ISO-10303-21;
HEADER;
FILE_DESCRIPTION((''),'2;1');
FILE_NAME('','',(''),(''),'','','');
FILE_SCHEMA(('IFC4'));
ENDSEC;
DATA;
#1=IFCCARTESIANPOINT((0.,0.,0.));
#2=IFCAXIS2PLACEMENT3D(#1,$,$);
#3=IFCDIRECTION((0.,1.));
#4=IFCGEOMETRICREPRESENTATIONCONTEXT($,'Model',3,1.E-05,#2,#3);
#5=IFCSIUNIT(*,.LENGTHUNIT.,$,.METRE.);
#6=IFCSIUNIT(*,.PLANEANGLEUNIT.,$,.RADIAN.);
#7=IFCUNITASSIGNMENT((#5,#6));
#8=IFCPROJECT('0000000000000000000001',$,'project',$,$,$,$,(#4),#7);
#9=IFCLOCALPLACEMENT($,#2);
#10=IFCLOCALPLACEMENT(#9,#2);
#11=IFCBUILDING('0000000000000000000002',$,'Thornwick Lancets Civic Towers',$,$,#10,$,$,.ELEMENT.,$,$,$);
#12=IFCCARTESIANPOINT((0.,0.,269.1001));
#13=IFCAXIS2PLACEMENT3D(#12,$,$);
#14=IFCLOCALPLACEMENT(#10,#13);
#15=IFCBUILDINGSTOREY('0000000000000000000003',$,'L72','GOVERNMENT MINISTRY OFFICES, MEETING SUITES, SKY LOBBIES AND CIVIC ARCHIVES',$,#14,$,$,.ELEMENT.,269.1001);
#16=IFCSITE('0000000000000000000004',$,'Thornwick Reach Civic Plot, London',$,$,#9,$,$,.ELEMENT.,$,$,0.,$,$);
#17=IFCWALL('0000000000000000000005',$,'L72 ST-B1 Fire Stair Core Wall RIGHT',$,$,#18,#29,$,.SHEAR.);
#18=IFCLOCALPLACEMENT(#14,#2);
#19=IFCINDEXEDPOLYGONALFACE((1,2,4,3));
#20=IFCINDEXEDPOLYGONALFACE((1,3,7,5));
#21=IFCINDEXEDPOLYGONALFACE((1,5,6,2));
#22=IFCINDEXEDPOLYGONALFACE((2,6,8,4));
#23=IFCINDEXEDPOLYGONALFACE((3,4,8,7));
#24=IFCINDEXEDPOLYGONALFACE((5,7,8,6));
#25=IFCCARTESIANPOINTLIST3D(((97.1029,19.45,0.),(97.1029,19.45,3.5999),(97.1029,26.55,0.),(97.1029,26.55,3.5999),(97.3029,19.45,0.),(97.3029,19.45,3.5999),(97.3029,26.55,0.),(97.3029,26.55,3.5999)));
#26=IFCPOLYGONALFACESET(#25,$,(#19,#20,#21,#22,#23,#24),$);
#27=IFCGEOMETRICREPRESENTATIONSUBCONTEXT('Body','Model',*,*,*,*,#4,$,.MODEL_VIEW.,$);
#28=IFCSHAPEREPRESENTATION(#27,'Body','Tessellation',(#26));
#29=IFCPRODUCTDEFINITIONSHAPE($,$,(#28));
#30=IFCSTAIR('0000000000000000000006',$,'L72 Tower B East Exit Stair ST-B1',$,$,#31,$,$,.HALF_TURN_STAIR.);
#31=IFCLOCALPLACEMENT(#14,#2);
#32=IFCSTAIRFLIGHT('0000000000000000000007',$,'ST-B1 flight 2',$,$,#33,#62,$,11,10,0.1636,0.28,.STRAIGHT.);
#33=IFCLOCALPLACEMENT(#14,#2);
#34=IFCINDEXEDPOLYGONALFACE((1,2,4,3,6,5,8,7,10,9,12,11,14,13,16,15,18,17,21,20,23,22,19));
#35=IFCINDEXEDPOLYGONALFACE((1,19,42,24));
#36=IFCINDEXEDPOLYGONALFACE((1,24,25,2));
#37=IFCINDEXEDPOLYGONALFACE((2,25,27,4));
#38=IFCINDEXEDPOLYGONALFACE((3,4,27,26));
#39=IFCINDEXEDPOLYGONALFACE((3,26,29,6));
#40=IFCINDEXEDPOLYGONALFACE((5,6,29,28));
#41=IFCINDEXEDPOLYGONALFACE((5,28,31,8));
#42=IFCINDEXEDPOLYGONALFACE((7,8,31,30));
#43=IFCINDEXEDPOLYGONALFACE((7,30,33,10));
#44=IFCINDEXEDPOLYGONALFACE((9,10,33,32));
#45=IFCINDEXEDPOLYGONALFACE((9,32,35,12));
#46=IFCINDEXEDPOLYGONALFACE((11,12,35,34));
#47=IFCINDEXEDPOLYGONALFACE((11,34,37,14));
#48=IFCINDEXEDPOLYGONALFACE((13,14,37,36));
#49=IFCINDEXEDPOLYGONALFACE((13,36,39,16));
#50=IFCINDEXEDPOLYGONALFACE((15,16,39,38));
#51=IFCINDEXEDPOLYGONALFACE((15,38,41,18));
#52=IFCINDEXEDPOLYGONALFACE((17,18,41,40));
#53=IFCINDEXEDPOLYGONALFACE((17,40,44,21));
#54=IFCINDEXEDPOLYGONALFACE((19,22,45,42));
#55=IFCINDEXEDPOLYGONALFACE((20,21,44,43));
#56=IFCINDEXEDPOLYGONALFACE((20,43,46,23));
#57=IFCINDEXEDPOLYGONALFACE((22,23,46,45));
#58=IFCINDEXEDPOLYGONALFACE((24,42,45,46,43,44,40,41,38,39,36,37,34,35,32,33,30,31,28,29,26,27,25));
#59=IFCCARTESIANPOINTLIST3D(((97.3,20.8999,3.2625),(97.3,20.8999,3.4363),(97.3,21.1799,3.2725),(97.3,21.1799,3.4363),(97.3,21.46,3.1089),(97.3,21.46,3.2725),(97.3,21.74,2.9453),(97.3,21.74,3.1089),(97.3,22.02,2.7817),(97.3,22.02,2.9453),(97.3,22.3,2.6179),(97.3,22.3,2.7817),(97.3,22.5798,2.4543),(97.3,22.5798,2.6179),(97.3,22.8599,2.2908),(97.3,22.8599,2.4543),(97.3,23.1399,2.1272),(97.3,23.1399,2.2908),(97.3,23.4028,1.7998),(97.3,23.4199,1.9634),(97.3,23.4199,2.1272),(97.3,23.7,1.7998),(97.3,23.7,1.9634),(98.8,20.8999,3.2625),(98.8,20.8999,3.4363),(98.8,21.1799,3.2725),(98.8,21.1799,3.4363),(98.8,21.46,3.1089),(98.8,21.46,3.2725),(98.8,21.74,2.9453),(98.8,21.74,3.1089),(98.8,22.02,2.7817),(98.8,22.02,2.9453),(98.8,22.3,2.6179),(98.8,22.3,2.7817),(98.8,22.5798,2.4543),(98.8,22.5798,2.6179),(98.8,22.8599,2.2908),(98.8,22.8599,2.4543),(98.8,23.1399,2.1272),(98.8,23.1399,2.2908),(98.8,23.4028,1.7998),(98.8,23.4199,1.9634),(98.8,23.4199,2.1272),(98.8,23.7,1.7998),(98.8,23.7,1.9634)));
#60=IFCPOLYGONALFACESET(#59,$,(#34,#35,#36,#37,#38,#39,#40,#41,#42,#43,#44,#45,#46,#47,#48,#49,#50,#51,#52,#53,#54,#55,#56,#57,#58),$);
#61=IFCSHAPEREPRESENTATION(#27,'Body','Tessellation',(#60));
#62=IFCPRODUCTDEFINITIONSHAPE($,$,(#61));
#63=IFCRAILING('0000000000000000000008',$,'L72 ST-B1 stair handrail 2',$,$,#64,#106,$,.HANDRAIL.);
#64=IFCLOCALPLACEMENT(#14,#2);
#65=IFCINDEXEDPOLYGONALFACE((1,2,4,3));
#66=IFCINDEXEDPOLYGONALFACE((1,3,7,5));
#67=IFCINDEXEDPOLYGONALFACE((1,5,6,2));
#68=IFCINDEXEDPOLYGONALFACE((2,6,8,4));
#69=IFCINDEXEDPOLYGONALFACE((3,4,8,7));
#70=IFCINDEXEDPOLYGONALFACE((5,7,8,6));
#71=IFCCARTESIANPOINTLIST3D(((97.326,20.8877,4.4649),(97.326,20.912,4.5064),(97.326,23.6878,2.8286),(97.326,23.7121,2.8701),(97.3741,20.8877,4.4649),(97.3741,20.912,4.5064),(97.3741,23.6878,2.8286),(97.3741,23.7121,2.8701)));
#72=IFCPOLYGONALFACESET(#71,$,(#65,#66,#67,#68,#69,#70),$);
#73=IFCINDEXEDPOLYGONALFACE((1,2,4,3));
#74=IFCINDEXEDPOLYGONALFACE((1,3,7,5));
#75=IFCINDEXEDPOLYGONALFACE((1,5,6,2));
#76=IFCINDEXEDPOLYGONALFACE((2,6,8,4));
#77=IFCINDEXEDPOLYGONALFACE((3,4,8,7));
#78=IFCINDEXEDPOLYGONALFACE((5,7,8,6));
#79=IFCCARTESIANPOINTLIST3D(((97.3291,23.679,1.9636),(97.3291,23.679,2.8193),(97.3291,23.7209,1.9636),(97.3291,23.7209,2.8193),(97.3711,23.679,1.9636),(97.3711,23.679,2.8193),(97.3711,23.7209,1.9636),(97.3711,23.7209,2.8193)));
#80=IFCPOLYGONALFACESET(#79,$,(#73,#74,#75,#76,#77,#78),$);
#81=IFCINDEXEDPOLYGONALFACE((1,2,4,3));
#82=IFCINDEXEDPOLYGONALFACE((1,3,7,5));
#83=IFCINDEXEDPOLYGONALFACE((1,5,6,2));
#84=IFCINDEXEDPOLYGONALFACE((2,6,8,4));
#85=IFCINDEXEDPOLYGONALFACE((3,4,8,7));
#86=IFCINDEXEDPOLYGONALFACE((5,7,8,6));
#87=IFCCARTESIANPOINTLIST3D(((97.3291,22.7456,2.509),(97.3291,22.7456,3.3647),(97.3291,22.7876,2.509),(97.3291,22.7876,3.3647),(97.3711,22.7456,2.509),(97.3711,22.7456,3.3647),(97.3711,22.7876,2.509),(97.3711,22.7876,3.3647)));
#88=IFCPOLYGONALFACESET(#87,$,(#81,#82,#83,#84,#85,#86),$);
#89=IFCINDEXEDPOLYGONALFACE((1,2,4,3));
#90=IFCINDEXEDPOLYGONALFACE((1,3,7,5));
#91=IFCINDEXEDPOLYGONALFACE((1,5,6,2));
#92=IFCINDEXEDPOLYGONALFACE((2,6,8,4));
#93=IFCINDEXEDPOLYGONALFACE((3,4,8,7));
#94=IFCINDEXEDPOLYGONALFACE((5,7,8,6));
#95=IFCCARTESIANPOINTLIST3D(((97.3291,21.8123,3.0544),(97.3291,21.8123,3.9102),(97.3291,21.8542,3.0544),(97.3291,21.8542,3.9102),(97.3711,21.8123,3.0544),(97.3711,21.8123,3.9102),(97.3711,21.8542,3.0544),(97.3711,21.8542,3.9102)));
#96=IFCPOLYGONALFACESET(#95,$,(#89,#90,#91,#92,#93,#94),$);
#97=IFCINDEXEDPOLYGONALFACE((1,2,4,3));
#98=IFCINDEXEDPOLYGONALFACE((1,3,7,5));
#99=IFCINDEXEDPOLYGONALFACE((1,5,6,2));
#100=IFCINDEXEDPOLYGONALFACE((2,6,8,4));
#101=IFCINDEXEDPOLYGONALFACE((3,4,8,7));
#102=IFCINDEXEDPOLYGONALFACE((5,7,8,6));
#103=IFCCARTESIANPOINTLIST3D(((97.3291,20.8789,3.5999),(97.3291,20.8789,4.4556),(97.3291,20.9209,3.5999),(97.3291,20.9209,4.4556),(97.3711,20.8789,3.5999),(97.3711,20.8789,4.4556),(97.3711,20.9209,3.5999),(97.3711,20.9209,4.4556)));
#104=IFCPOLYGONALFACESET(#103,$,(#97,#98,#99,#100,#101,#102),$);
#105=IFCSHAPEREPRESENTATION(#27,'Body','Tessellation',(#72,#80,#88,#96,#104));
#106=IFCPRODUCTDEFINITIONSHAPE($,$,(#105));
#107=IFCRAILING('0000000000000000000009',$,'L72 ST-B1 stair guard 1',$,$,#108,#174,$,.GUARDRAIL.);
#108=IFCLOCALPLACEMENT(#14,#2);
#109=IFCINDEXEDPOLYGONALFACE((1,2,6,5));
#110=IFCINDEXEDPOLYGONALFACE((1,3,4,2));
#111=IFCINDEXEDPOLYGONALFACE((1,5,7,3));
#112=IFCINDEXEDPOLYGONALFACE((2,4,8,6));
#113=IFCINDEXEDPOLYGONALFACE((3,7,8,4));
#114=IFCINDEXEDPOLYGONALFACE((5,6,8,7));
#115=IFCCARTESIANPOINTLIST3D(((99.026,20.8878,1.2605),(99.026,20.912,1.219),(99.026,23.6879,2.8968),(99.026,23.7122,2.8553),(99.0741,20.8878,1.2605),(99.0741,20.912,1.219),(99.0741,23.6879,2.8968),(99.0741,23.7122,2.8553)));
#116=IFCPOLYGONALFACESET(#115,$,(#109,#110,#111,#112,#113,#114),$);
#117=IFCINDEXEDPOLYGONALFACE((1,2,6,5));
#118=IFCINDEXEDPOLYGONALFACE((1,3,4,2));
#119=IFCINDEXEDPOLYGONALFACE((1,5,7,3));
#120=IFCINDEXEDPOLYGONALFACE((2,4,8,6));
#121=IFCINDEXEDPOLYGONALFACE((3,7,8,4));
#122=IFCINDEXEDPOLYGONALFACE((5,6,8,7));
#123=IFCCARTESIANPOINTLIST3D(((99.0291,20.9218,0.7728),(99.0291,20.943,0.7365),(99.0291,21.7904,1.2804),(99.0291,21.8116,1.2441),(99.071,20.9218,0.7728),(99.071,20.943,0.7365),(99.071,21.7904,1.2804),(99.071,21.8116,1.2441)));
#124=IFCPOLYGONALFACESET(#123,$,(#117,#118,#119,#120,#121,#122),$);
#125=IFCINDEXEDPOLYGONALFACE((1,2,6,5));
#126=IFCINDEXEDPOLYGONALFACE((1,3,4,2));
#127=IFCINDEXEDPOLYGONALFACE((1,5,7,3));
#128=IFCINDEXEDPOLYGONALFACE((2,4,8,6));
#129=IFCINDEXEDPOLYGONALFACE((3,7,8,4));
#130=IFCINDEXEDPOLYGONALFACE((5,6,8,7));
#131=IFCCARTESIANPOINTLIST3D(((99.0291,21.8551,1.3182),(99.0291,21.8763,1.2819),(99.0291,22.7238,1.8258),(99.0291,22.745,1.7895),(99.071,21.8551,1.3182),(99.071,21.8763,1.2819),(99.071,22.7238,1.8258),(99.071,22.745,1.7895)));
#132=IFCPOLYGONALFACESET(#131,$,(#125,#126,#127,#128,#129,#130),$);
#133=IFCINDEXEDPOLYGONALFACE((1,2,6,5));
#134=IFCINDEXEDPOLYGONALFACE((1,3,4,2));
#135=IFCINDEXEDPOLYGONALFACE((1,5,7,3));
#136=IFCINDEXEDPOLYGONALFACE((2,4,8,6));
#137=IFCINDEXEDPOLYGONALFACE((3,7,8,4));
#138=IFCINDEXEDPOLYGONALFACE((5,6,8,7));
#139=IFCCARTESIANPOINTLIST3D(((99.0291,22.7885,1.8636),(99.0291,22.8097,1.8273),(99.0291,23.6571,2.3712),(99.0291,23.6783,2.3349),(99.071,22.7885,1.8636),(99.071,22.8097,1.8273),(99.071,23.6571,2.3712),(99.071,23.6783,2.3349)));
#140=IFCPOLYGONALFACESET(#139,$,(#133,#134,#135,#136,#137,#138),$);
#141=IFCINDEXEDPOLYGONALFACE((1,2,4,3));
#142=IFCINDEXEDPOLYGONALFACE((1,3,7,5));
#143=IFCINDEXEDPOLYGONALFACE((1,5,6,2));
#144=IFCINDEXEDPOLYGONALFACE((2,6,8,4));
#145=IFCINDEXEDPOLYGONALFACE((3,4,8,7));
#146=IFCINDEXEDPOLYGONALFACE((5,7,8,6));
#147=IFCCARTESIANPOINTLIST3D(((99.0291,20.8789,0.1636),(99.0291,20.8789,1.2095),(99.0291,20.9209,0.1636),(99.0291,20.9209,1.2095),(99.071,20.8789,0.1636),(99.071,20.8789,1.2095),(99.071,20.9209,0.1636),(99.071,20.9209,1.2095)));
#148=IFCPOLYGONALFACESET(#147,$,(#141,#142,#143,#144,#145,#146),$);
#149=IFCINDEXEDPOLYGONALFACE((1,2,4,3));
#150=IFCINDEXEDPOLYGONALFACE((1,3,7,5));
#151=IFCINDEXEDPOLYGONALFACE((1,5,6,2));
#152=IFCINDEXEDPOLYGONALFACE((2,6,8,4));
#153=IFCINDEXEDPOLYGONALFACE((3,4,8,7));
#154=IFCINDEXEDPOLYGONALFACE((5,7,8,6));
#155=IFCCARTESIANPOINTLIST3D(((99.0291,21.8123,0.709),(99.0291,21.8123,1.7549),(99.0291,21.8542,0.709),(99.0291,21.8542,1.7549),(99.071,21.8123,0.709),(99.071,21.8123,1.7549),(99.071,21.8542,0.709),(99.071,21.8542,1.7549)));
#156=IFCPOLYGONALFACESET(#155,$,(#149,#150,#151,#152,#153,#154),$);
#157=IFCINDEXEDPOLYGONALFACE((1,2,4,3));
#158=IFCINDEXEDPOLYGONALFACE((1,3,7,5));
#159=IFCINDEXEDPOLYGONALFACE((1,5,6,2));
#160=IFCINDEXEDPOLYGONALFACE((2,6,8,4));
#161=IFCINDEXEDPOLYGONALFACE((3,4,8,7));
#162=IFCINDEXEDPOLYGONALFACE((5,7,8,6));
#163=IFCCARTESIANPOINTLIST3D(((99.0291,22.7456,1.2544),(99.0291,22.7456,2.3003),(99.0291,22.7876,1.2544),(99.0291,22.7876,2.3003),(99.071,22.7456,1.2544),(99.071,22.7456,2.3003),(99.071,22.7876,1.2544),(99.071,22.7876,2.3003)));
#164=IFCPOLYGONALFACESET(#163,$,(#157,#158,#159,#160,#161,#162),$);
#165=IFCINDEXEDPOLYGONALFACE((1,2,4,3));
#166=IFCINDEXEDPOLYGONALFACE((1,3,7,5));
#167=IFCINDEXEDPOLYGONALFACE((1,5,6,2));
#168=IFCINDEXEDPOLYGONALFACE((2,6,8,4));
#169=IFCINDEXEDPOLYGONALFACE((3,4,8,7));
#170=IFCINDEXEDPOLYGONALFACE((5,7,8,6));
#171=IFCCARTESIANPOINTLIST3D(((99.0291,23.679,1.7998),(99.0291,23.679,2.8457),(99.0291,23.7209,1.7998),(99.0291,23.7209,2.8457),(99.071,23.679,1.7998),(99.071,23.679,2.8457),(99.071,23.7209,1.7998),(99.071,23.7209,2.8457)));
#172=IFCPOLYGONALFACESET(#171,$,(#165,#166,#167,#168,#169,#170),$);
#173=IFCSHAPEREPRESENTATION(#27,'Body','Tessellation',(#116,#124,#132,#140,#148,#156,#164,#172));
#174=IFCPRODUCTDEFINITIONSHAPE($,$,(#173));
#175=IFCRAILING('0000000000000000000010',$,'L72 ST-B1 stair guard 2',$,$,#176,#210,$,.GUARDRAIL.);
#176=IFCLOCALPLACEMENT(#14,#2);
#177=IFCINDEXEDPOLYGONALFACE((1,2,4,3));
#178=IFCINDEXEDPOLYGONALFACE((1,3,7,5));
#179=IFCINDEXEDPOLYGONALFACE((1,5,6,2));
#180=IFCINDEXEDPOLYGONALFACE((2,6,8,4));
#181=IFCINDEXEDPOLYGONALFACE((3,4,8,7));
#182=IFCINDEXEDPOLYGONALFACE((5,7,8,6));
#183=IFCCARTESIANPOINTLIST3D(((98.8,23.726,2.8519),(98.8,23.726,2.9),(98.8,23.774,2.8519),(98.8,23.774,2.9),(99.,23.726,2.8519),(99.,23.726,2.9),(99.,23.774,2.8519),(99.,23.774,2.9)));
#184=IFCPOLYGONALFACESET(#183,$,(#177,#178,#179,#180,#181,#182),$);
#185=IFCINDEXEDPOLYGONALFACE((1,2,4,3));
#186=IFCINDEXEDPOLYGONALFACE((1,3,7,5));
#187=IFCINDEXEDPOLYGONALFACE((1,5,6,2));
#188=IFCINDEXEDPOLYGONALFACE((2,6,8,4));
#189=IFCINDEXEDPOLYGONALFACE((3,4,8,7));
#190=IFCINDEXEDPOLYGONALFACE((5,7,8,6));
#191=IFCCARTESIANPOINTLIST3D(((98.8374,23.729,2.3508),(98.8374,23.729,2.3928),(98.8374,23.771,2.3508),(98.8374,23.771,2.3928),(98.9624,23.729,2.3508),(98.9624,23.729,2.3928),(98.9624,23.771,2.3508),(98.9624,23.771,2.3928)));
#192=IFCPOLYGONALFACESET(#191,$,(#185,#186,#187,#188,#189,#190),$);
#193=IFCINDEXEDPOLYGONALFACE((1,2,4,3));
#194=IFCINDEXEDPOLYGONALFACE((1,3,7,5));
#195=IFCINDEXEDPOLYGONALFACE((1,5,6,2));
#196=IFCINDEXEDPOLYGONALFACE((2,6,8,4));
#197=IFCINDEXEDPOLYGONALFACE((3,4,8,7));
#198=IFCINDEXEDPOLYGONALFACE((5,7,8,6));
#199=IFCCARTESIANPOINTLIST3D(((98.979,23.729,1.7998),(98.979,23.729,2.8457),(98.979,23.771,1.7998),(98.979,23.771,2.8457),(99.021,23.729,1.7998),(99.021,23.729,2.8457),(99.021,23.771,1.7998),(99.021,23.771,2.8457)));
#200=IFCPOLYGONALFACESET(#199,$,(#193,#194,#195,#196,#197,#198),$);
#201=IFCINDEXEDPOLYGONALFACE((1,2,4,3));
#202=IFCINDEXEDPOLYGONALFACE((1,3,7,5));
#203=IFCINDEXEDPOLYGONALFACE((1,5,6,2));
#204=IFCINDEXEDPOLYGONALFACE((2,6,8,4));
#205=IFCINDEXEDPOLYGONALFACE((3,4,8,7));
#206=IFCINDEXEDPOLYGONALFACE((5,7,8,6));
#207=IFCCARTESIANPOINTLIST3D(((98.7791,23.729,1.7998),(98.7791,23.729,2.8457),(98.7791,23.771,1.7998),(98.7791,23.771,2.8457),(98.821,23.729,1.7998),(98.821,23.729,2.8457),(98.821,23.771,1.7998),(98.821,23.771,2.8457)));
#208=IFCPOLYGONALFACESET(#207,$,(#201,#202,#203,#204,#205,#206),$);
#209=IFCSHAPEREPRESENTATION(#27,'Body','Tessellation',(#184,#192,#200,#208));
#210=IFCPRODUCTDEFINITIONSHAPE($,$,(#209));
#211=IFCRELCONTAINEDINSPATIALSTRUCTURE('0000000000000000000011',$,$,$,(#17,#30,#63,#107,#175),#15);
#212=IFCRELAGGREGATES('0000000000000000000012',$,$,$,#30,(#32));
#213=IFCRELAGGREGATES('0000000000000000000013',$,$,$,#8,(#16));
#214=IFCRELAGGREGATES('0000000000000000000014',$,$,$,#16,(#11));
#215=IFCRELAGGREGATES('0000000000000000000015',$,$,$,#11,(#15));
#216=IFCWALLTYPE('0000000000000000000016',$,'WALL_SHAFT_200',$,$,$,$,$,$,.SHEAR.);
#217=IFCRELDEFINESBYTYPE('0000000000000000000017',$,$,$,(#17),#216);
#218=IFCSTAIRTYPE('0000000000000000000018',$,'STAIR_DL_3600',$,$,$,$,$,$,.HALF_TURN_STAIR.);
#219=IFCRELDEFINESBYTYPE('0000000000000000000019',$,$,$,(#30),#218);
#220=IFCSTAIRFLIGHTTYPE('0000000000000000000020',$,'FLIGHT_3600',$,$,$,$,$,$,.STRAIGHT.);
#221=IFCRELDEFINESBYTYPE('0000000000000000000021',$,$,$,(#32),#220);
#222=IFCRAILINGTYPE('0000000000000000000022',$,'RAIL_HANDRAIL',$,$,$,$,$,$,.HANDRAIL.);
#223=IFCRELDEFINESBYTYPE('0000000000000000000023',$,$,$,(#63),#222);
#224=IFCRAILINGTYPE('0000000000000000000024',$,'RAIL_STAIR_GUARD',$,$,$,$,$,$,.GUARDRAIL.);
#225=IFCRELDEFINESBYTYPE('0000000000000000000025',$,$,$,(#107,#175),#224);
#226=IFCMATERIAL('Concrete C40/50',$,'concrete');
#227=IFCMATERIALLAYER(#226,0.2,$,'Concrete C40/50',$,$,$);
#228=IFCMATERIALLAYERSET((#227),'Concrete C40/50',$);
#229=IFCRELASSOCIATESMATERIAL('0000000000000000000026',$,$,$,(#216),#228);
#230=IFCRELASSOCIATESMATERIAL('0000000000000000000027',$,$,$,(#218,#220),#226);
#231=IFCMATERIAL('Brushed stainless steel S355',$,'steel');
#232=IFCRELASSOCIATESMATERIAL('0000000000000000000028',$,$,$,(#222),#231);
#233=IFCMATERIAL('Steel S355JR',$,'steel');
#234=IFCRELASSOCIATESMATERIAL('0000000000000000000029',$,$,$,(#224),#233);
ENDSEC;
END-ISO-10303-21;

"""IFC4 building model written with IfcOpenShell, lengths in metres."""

from ifc_helpers import new_model, si_unit, direction, frame, frame_2d, origin, origin_2d, place, context, subcontext, project, spatial, polyline, rectangle, outline, extrude, material, layer, layer_set, type_object, element, aggregate, save


model = new_model("IFC4")

# Units and contexts
model_context = context("Model", 3, precision=1e-05, world=origin(), true_north=direction((0.0, 1.0)))
body_context = subcontext(model_context, "Body", "Model", "MODEL_VIEW")
ifc_project = project(units=[si_unit("LENGTHUNIT", "METRE"), si_unit("PLANEANGLEUNIT", "RADIAN")], contexts=[model_context])

# Site, building, storey
site_placement = place(None, origin())
site = spatial("IfcSite", under=ifc_project, at=site_placement, Name="Thornwick Reach Civic Plot, London", CompositionType="ELEMENT", RefElevation=0.0)
building_placement = place(site_placement, origin())
building = spatial("IfcBuilding", under=site, at=building_placement, Name="Thornwick Lancets Civic Towers", CompositionType="ELEMENT")
storey_placement = place(building_placement, frame((0.0, 0.0, 269.1001)))
storey = spatial("IfcBuildingStorey", under=building, at=storey_placement, Name="L72", Description="GOVERNMENT MINISTRY OFFICES, MEETING SUITES, SKY LOBBIES AND CIVIC ARCHIVES", CompositionType="ELEMENT", Elevation=269.1001)

# Shared definitions
ifc_material_1 = material(Name="Steel S355JR", Category="steel")

# Wall
ifc_material_2 = material(Name="Concrete C40/50", Category="concrete")
ifc_layer_1 = layer(ifc_material_2, 0.2, Name="Concrete C40/50")
ifc_layer_set_1 = layer_set([ifc_layer_1], Name="Concrete C40/50")
wall_type_1 = type_object("IfcWallType", Name="WALL_SHAFT_200", PredefinedType="SHEAR", material=ifc_layer_set_1)
wall_1_placement = place(storey_placement, frame((97.2029, 26.55, 0.0), z_axis=(0.0, 0.0, 1.0), x_axis=(0.0, -1.0, 0.0)))
element("IfcWall", 1, at=wall_1_placement, inside=storey, type_object=wall_type_1, Name="L72 ST-B1 Fire Stair Core Wall RIGHT", PredefinedType="SHEAR", context=body_context, shape_type="SweptSolid", body=[
    extrude(rectangle(XDim=7.1001, YDim=0.2, at=frame_2d((3.55, 0.0))), origin(), (0.0, 0.0, 1.0), 3.5999),
])

# Stair, stair flight
stair_type = type_object("IfcStairType", Name="STAIR_DL_3600", PredefinedType="HALF_TURN_STAIR", material=ifc_material_2)
stair_placement = place(storey_placement, origin())
stair = element("IfcStair", 2, at=stair_placement, inside=storey, type_object=stair_type, Name="L72 Tower B East Exit Stair ST-B1", PredefinedType="HALF_TURN_STAIR")
stair_flight_type = type_object("IfcStairFlightType", Name="FLIGHT_3600", PredefinedType="STRAIGHT", material=ifc_material_2)
stair_flight_placement = place(storey_placement, frame((98.05, 23.7, 1.7998), z_axis=(0.0, 0.0, 1.0), x_axis=(0.0, -1.0, 0.0)))
stair_flight = element("IfcStairFlight", 3, at=stair_flight_placement, type_object=stair_flight_type, Name="ST-B1 flight 2", NumberOfRisers=11, NumberOfTreads=10, PredefinedType="STRAIGHT", RiserHeight=0.1636, TreadLength=0.28, context=body_context, shape_type="SweptSolid", body=[
    extrude(outline(polyline([(0.0, 0.0), (0.0, 0.1636), (0.28, 0.1636), (0.28, 0.3274), (0.5601, 0.3274), (0.5601, 0.491), (0.8401, 0.491), (0.8401, 0.6545), (1.1201, 0.6545), (1.1201, 0.8181), (1.3999, 0.8181), (1.3999, 0.9819), (1.6799, 0.9819), (1.6799, 1.1455), (1.96, 1.1455), (1.96, 1.3091), (2.24, 1.3091), (2.24, 1.4727), (2.52, 1.4727), (2.52, 1.6365), (2.8, 1.6365), (2.8, 1.8), (2.8, 1.4626), (0.2971, 0.0), (0.0, 0.0)])), frame((0.0, 0.75, 0.0), z_axis=(0.0, -1.0, 0.0), x_axis=(1.0, 0.0, 0.0)), (0.0, 0.0, 1.0), 1.5),
])
aggregate(stair, [stair_flight])

# Railings
ifc_material_3 = material(Name="Brushed stainless steel S355", Category="steel")
railing_type_1 = type_object("IfcRailingType", Name="RAIL_HANDRAIL", PredefinedType="HANDRAIL", material=ifc_material_3)
railing_1_placement = place(storey_placement, frame((97.3501, 23.7, 1.9636)))
element("IfcRailing", 4, at=railing_1_placement, inside=storey, type_object=railing_type_1, Name="L72 ST-B1 stair handrail 2", PredefinedType="HANDRAIL", context=body_context, shape_type="SweptSolid", body=[
    extrude(rectangle(XDim=0.0481, YDim=0.0481, at=origin_2d()), frame((0.0, 0.0, 0.8857), z_axis=(0.0, -0.863394, 0.504531), x_axis=(1.0, 0.0, 0.0)), (0.0, 0.0, 1.0), 3.2432),
    extrude(rectangle(XDim=0.042, YDim=0.042, at=origin_2d()), origin(), (0.0, 0.0, 1.0), 0.8557),
    extrude(rectangle(XDim=0.042, YDim=0.042, at=origin_2d()), frame((0.0, -0.9333, 0.5454)), (0.0, 0.0, 1.0), 0.8557),
    extrude(rectangle(XDim=0.042, YDim=0.042, at=origin_2d()), frame((0.0, -1.8667, 1.0908)), (0.0, 0.0, 1.0), 0.8557),
    extrude(rectangle(XDim=0.042, YDim=0.042, at=origin_2d()), frame((0.0, -2.8, 1.6362)), (0.0, 0.0, 1.0), 0.8557),
])
railing_type_2 = type_object("IfcRailingType", Name="RAIL_STAIR_GUARD", PredefinedType="GUARDRAIL", material=ifc_material_1)
railing_2_placement = place(storey_placement, frame((99.05, 20.8999, 0.1636)))
element("IfcRailing", 5, at=railing_2_placement, inside=storey, type_object=railing_type_2, Name="L72 ST-B1 stair guard 1", PredefinedType="GUARDRAIL", context=body_context, shape_type="SweptSolid", body=[
    extrude(rectangle(XDim=0.0481, YDim=0.0481, at=origin_2d()), frame((0.0, 0.0, 1.0762), z_axis=(0.0, 0.863394, 0.504531), x_axis=(-1.0, 0.0, 0.0)), (0.0, 0.0, 1.0), 3.2432),
    extrude(rectangle(XDim=0.042, YDim=0.042, at=origin_2d()), frame((0.0, 0.0325, 0.5911), z_axis=(0.0, 0.863394, 0.504531), x_axis=(-1.0, 0.0, 0.0)), (0.0, 0.0, 1.0), 1.0061),
    extrude(rectangle(XDim=0.042, YDim=0.042, at=origin_2d()), frame((0.0, 0.9658, 1.1365), z_axis=(0.0, 0.863394, 0.504531), x_axis=(-1.0, 0.0, 0.0)), (0.0, 0.0, 1.0), 1.0061),
    extrude(rectangle(XDim=0.042, YDim=0.042, at=origin_2d()), frame((0.0, 1.8992, 1.6819), z_axis=(0.0, 0.863394, 0.504531), x_axis=(-1.0, 0.0, 0.0)), (0.0, 0.0, 1.0), 1.0061),
    extrude(rectangle(XDim=0.042, YDim=0.042, at=origin_2d()), origin(), (0.0, 0.0, 1.0), 1.0459),
    extrude(rectangle(XDim=0.042, YDim=0.042, at=origin_2d()), frame((0.0, 0.9333, 0.5454)), (0.0, 0.0, 1.0), 1.0459),
    extrude(rectangle(XDim=0.042, YDim=0.042, at=origin_2d()), frame((0.0, 1.8667, 1.0908)), (0.0, 0.0, 1.0), 1.0459),
    extrude(rectangle(XDim=0.042, YDim=0.042, at=origin_2d()), frame((0.0, 2.8, 1.6362)), (0.0, 0.0, 1.0), 1.0459),
])
railing_3_placement = place(storey_placement, frame((99.0, 23.75, 1.7998)))
element("IfcRailing", 6, at=railing_3_placement, inside=storey, type_object=railing_type_2, Name="L72 ST-B1 stair guard 2", PredefinedType="GUARDRAIL", context=body_context, shape_type="SweptSolid", body=[
    extrude(rectangle(XDim=0.0481, YDim=0.0481, at=origin_2d()), frame((0.0, 0.0, 1.0762), z_axis=(-1.0, 0.0, 0.0), x_axis=(0.0, -1.0, 0.0)), (0.0, 0.0, 1.0), 0.2),
    extrude(rectangle(XDim=0.042, YDim=0.042, at=origin_2d()), frame((-0.0376, 0.0, 0.572), z_axis=(-1.0, 0.0, 0.0), x_axis=(0.0, -1.0, 0.0)), (0.0, 0.0, 1.0), 0.125),
    extrude(rectangle(XDim=0.042, YDim=0.042, at=origin_2d()), origin(), (0.0, 0.0, 1.0), 1.0459),
    extrude(rectangle(XDim=0.042, YDim=0.042, at=origin_2d()), frame((-0.2, 0.0, 0.0)), (0.0, 0.0, 1.0), 1.0459),
])

save(model, "model.ifc")
